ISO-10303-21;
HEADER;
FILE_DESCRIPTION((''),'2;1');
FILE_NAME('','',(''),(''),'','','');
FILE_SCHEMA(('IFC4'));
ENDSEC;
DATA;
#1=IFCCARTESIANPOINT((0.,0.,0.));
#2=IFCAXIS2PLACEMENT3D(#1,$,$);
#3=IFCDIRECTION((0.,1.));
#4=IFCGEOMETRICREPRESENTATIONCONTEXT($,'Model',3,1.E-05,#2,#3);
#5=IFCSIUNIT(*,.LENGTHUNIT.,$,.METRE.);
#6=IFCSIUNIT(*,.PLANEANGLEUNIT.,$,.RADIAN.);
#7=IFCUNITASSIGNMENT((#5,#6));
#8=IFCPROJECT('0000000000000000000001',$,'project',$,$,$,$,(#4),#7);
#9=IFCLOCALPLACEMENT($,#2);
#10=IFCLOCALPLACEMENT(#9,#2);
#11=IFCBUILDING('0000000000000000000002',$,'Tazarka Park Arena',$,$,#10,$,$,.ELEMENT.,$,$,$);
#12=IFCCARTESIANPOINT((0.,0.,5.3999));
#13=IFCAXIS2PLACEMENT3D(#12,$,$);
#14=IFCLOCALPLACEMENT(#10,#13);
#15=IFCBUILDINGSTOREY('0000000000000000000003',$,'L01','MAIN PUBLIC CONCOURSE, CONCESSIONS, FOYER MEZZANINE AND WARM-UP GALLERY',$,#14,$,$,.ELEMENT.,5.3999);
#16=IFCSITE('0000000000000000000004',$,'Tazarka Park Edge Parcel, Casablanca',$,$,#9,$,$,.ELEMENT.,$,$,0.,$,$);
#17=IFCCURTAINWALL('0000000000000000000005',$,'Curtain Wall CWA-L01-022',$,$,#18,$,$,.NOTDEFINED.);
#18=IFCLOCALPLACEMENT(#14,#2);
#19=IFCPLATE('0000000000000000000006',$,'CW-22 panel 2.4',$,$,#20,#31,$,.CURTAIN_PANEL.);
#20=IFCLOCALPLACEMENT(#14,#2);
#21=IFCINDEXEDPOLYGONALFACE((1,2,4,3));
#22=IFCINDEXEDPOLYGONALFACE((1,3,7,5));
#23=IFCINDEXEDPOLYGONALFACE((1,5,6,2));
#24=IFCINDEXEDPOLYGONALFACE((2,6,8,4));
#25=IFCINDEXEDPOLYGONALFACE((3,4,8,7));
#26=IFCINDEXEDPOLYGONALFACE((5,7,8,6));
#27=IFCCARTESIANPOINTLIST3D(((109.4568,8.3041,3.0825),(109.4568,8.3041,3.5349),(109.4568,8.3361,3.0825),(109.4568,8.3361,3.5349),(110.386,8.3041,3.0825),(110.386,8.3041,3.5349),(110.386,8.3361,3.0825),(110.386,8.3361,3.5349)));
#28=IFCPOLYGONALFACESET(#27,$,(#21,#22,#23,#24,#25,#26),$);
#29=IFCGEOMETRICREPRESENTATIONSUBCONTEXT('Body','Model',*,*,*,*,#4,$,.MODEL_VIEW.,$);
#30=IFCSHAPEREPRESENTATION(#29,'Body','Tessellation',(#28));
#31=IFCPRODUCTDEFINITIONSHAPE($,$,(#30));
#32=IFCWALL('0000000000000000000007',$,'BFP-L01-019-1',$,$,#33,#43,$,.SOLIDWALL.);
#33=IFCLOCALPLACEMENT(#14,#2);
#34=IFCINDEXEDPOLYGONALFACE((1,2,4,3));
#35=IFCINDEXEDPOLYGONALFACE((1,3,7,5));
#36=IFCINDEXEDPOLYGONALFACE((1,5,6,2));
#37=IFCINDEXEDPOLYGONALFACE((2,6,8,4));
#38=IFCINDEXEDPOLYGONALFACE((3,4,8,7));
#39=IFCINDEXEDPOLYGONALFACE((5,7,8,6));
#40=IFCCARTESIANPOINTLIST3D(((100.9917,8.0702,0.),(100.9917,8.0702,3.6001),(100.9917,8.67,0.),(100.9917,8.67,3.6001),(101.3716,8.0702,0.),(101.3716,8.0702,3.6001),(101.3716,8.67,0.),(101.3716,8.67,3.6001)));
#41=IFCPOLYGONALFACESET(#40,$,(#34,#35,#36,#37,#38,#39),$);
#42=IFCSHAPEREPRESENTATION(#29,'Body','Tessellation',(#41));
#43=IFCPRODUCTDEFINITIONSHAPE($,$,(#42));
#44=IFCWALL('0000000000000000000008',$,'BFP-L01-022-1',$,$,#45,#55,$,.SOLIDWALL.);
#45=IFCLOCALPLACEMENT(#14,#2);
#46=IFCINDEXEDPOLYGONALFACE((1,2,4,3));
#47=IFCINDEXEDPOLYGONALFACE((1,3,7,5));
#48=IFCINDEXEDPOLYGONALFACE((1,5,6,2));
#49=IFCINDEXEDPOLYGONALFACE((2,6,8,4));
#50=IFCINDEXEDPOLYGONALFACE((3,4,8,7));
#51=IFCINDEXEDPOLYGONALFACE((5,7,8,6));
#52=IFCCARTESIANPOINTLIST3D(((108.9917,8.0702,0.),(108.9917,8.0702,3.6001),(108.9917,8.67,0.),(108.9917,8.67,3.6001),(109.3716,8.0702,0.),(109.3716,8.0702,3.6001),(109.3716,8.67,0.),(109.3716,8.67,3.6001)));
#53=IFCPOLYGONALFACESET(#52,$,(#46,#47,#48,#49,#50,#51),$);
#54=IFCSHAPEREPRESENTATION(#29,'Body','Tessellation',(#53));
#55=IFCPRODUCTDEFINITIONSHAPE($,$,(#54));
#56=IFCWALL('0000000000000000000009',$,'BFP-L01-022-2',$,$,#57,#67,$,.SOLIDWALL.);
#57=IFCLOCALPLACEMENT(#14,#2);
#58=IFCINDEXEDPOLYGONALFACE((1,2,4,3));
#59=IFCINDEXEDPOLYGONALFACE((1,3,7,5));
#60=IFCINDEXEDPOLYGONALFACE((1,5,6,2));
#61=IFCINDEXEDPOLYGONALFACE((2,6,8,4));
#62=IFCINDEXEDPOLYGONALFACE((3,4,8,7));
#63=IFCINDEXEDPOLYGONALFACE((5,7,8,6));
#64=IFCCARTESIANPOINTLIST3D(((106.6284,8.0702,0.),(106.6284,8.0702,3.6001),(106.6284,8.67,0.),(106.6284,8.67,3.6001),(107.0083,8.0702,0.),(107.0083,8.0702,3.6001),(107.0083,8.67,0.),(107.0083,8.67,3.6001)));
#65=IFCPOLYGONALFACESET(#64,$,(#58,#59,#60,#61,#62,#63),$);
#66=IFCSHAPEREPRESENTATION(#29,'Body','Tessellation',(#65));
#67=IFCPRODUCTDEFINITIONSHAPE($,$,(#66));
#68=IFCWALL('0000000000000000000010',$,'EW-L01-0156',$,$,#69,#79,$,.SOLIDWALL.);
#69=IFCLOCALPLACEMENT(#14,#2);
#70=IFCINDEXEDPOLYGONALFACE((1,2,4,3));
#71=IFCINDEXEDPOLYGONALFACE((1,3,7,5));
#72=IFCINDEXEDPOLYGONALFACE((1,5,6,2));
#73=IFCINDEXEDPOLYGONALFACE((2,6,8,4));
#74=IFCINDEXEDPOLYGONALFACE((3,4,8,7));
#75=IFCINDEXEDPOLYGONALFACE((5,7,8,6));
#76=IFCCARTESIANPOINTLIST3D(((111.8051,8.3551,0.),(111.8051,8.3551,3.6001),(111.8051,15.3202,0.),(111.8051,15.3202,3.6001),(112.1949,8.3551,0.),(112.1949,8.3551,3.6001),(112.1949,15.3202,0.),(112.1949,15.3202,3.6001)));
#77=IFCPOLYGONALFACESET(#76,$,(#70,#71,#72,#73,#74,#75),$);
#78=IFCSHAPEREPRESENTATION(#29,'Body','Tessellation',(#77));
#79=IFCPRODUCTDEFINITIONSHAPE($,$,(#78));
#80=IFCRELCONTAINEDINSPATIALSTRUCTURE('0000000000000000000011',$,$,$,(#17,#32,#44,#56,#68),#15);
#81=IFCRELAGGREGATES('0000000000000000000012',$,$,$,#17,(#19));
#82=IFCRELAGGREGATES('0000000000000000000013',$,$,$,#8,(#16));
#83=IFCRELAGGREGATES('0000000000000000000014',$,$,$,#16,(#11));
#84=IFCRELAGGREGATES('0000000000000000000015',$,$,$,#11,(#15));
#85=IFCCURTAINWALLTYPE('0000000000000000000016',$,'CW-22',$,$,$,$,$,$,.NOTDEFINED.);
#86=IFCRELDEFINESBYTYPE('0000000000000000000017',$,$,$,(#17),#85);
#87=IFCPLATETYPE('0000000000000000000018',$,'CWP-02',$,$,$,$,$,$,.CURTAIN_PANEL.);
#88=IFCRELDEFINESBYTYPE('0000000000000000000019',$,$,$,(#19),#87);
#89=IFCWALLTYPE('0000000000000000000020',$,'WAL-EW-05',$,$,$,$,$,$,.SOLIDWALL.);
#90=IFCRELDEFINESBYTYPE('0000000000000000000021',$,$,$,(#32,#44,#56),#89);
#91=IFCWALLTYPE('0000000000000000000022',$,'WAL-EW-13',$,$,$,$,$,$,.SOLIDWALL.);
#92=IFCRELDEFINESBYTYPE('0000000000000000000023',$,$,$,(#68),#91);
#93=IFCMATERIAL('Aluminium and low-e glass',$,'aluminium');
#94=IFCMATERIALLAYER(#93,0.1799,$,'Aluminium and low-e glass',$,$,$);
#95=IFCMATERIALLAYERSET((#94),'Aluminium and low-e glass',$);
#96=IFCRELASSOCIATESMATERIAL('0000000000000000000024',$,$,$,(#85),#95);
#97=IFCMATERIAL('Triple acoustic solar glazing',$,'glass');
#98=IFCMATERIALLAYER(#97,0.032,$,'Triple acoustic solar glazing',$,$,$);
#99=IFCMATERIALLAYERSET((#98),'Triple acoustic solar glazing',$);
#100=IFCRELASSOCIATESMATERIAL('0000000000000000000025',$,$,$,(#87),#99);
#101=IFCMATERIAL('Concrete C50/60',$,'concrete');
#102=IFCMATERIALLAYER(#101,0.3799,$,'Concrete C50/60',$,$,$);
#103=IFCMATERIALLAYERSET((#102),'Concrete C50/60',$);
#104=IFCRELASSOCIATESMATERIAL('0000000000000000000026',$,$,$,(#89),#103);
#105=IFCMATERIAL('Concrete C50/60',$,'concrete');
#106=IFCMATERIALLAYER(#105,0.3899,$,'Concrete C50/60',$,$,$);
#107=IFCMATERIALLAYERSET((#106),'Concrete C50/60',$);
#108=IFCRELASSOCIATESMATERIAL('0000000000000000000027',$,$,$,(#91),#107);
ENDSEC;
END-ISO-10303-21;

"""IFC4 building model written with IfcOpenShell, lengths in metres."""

from ifc_helpers import new_model, si_unit, direction, frame, frame_2d, origin, origin_2d, place, context, subcontext, project, spatial, rectangle, extrude, material, layer, layer_set, type_object, element, aggregate, save


model = new_model("IFC4")

# Units and contexts
model_context = context("Model", 3, precision=1e-05, world=origin(), true_north=direction((0.0, 1.0)))
body_context = subcontext(model_context, "Body", "Model", "MODEL_VIEW")
ifc_project = project(units=[si_unit("LENGTHUNIT", "METRE"), si_unit("PLANEANGLEUNIT", "RADIAN")], contexts=[model_context])

# Site, building, storey
site_placement = place(None, origin())
site = spatial("IfcSite", under=ifc_project, at=site_placement, Name="Tazarka Park Edge Parcel, Casablanca", CompositionType="ELEMENT", RefElevation=0.0)
building_placement = place(site_placement, origin())
building = spatial("IfcBuilding", under=site, at=building_placement, Name="Tazarka Park Arena", CompositionType="ELEMENT")
storey_placement = place(building_placement, frame((0.0, 0.0, 5.3999)))
storey = spatial("IfcBuildingStorey", under=building, at=storey_placement, Name="L01", Description="MAIN PUBLIC CONCOURSE, CONCESSIONS, FOYER MEZZANINE AND WARM-UP GALLERY", CompositionType="ELEMENT", Elevation=5.3999)

# Curtain wall
ifc_material_1 = material(Name="Aluminium and low-e glass", Category="aluminium")
ifc_layer_1 = layer(ifc_material_1, 0.1799, Name="Aluminium and low-e glass")
ifc_layer_set_1 = layer_set([ifc_layer_1], Name="Aluminium and low-e glass")
curtain_wall_type = type_object("IfcCurtainWallType", Name="CW-22", PredefinedType="NOTDEFINED", material=ifc_layer_set_1)
curtain_wall_placement = place(storey_placement, origin())
curtain_wall = element("IfcCurtainWall", 1, at=curtain_wall_placement, inside=storey, type_object=curtain_wall_type, Name="Curtain Wall CWA-L01-022", PredefinedType="NOTDEFINED")

# Plate
ifc_material_2 = material(Name="Triple acoustic solar glazing", Category="glass")
ifc_layer_2 = layer(ifc_material_2, 0.032, Name="Triple acoustic solar glazing")
ifc_layer_set_2 = layer_set([ifc_layer_2], Name="Triple acoustic solar glazing")
plate_type = type_object("IfcPlateType", Name="CWP-02", PredefinedType="CURTAIN_PANEL", material=ifc_layer_set_2)
plate_1_placement = place(storey_placement, frame((109.9214, 8.3201, 3.0825), z_axis=(0.0, 0.0, 1.0), x_axis=(-1.0, 0.0, 0.0)))
plate_1 = element("IfcPlate", 2, at=plate_1_placement, type_object=plate_type, Name="CW-22 panel 2.4", PredefinedType="CURTAIN_PANEL", context=body_context, shape_type="SweptSolid", body=[
    extrude(rectangle(XDim=0.9292, YDim=0.032, at=origin_2d()), origin(), (0.0, 0.0, 1.0), 0.4524),
])
aggregate(curtain_wall, [plate_1])

# Walls
ifc_material_3 = material(Name="Concrete C50/60", Category="concrete")
ifc_layer_3 = layer(ifc_material_3, 0.3799, Name="Concrete C50/60")
ifc_layer_set_3 = layer_set([ifc_layer_3], Name="Concrete C50/60")
wall_type_1 = type_object("IfcWallType", Name="WAL-EW-05", PredefinedType="SOLIDWALL", material=ifc_layer_set_3)
for number, where, z_axis, x_axis, name in (
    (3, (101.1816, 8.6699, 0.0), (0.0, 0.0, 1.0), (0.0, -1.0, 0.0), "BFP-L01-019-1"),
    (4, (109.1816, 8.6699, 0.0), (0.0, 0.0, 1.0), (0.0, -1.0, 0.0), "BFP-L01-022-1"),
    (5, (106.8184, 8.6699, 0.0), (0.0, 0.0, 1.0), (0.0, -1.0, 0.0), "BFP-L01-022-2"),
):
    element("IfcWall", number, at=place(storey_placement, frame(where, z_axis=z_axis, x_axis=x_axis)), inside=storey, type_object=wall_type_1, Name=name, PredefinedType="SOLIDWALL", context=body_context, shape_type="SweptSolid", body=[
        extrude(rectangle(XDim=0.5999, YDim=0.3799, at=frame_2d((0.2998, 0.0))), origin(), (0.0, 0.0, 1.0), 3.6001),
    ])
ifc_material_4 = material(Name="Concrete C50/60", Category="concrete")
ifc_layer_4 = layer(ifc_material_4, 0.3899, Name="Concrete C50/60")
ifc_layer_set_4 = layer_set([ifc_layer_4], Name="Concrete C50/60")
wall_type_2 = type_object("IfcWallType", Name="WAL-EW-13", PredefinedType="SOLIDWALL", material=ifc_layer_set_4)
wall_placement = place(storey_placement, frame((112.0, 15.3201, 0.0), z_axis=(0.0, 0.0, 1.0), x_axis=(0.0, -1.0, 0.0)))
element("IfcWall", 6, at=wall_placement, inside=storey, type_object=wall_type_2, Name="EW-L01-0156", PredefinedType="SOLIDWALL", context=body_context, shape_type="SweptSolid", body=[
    extrude(rectangle(XDim=6.9651, YDim=0.3899, at=frame_2d((3.4824, 0.0))), origin(), (0.0, 0.0, 1.0), 3.6001),
])

save(model, "model.ifc")
